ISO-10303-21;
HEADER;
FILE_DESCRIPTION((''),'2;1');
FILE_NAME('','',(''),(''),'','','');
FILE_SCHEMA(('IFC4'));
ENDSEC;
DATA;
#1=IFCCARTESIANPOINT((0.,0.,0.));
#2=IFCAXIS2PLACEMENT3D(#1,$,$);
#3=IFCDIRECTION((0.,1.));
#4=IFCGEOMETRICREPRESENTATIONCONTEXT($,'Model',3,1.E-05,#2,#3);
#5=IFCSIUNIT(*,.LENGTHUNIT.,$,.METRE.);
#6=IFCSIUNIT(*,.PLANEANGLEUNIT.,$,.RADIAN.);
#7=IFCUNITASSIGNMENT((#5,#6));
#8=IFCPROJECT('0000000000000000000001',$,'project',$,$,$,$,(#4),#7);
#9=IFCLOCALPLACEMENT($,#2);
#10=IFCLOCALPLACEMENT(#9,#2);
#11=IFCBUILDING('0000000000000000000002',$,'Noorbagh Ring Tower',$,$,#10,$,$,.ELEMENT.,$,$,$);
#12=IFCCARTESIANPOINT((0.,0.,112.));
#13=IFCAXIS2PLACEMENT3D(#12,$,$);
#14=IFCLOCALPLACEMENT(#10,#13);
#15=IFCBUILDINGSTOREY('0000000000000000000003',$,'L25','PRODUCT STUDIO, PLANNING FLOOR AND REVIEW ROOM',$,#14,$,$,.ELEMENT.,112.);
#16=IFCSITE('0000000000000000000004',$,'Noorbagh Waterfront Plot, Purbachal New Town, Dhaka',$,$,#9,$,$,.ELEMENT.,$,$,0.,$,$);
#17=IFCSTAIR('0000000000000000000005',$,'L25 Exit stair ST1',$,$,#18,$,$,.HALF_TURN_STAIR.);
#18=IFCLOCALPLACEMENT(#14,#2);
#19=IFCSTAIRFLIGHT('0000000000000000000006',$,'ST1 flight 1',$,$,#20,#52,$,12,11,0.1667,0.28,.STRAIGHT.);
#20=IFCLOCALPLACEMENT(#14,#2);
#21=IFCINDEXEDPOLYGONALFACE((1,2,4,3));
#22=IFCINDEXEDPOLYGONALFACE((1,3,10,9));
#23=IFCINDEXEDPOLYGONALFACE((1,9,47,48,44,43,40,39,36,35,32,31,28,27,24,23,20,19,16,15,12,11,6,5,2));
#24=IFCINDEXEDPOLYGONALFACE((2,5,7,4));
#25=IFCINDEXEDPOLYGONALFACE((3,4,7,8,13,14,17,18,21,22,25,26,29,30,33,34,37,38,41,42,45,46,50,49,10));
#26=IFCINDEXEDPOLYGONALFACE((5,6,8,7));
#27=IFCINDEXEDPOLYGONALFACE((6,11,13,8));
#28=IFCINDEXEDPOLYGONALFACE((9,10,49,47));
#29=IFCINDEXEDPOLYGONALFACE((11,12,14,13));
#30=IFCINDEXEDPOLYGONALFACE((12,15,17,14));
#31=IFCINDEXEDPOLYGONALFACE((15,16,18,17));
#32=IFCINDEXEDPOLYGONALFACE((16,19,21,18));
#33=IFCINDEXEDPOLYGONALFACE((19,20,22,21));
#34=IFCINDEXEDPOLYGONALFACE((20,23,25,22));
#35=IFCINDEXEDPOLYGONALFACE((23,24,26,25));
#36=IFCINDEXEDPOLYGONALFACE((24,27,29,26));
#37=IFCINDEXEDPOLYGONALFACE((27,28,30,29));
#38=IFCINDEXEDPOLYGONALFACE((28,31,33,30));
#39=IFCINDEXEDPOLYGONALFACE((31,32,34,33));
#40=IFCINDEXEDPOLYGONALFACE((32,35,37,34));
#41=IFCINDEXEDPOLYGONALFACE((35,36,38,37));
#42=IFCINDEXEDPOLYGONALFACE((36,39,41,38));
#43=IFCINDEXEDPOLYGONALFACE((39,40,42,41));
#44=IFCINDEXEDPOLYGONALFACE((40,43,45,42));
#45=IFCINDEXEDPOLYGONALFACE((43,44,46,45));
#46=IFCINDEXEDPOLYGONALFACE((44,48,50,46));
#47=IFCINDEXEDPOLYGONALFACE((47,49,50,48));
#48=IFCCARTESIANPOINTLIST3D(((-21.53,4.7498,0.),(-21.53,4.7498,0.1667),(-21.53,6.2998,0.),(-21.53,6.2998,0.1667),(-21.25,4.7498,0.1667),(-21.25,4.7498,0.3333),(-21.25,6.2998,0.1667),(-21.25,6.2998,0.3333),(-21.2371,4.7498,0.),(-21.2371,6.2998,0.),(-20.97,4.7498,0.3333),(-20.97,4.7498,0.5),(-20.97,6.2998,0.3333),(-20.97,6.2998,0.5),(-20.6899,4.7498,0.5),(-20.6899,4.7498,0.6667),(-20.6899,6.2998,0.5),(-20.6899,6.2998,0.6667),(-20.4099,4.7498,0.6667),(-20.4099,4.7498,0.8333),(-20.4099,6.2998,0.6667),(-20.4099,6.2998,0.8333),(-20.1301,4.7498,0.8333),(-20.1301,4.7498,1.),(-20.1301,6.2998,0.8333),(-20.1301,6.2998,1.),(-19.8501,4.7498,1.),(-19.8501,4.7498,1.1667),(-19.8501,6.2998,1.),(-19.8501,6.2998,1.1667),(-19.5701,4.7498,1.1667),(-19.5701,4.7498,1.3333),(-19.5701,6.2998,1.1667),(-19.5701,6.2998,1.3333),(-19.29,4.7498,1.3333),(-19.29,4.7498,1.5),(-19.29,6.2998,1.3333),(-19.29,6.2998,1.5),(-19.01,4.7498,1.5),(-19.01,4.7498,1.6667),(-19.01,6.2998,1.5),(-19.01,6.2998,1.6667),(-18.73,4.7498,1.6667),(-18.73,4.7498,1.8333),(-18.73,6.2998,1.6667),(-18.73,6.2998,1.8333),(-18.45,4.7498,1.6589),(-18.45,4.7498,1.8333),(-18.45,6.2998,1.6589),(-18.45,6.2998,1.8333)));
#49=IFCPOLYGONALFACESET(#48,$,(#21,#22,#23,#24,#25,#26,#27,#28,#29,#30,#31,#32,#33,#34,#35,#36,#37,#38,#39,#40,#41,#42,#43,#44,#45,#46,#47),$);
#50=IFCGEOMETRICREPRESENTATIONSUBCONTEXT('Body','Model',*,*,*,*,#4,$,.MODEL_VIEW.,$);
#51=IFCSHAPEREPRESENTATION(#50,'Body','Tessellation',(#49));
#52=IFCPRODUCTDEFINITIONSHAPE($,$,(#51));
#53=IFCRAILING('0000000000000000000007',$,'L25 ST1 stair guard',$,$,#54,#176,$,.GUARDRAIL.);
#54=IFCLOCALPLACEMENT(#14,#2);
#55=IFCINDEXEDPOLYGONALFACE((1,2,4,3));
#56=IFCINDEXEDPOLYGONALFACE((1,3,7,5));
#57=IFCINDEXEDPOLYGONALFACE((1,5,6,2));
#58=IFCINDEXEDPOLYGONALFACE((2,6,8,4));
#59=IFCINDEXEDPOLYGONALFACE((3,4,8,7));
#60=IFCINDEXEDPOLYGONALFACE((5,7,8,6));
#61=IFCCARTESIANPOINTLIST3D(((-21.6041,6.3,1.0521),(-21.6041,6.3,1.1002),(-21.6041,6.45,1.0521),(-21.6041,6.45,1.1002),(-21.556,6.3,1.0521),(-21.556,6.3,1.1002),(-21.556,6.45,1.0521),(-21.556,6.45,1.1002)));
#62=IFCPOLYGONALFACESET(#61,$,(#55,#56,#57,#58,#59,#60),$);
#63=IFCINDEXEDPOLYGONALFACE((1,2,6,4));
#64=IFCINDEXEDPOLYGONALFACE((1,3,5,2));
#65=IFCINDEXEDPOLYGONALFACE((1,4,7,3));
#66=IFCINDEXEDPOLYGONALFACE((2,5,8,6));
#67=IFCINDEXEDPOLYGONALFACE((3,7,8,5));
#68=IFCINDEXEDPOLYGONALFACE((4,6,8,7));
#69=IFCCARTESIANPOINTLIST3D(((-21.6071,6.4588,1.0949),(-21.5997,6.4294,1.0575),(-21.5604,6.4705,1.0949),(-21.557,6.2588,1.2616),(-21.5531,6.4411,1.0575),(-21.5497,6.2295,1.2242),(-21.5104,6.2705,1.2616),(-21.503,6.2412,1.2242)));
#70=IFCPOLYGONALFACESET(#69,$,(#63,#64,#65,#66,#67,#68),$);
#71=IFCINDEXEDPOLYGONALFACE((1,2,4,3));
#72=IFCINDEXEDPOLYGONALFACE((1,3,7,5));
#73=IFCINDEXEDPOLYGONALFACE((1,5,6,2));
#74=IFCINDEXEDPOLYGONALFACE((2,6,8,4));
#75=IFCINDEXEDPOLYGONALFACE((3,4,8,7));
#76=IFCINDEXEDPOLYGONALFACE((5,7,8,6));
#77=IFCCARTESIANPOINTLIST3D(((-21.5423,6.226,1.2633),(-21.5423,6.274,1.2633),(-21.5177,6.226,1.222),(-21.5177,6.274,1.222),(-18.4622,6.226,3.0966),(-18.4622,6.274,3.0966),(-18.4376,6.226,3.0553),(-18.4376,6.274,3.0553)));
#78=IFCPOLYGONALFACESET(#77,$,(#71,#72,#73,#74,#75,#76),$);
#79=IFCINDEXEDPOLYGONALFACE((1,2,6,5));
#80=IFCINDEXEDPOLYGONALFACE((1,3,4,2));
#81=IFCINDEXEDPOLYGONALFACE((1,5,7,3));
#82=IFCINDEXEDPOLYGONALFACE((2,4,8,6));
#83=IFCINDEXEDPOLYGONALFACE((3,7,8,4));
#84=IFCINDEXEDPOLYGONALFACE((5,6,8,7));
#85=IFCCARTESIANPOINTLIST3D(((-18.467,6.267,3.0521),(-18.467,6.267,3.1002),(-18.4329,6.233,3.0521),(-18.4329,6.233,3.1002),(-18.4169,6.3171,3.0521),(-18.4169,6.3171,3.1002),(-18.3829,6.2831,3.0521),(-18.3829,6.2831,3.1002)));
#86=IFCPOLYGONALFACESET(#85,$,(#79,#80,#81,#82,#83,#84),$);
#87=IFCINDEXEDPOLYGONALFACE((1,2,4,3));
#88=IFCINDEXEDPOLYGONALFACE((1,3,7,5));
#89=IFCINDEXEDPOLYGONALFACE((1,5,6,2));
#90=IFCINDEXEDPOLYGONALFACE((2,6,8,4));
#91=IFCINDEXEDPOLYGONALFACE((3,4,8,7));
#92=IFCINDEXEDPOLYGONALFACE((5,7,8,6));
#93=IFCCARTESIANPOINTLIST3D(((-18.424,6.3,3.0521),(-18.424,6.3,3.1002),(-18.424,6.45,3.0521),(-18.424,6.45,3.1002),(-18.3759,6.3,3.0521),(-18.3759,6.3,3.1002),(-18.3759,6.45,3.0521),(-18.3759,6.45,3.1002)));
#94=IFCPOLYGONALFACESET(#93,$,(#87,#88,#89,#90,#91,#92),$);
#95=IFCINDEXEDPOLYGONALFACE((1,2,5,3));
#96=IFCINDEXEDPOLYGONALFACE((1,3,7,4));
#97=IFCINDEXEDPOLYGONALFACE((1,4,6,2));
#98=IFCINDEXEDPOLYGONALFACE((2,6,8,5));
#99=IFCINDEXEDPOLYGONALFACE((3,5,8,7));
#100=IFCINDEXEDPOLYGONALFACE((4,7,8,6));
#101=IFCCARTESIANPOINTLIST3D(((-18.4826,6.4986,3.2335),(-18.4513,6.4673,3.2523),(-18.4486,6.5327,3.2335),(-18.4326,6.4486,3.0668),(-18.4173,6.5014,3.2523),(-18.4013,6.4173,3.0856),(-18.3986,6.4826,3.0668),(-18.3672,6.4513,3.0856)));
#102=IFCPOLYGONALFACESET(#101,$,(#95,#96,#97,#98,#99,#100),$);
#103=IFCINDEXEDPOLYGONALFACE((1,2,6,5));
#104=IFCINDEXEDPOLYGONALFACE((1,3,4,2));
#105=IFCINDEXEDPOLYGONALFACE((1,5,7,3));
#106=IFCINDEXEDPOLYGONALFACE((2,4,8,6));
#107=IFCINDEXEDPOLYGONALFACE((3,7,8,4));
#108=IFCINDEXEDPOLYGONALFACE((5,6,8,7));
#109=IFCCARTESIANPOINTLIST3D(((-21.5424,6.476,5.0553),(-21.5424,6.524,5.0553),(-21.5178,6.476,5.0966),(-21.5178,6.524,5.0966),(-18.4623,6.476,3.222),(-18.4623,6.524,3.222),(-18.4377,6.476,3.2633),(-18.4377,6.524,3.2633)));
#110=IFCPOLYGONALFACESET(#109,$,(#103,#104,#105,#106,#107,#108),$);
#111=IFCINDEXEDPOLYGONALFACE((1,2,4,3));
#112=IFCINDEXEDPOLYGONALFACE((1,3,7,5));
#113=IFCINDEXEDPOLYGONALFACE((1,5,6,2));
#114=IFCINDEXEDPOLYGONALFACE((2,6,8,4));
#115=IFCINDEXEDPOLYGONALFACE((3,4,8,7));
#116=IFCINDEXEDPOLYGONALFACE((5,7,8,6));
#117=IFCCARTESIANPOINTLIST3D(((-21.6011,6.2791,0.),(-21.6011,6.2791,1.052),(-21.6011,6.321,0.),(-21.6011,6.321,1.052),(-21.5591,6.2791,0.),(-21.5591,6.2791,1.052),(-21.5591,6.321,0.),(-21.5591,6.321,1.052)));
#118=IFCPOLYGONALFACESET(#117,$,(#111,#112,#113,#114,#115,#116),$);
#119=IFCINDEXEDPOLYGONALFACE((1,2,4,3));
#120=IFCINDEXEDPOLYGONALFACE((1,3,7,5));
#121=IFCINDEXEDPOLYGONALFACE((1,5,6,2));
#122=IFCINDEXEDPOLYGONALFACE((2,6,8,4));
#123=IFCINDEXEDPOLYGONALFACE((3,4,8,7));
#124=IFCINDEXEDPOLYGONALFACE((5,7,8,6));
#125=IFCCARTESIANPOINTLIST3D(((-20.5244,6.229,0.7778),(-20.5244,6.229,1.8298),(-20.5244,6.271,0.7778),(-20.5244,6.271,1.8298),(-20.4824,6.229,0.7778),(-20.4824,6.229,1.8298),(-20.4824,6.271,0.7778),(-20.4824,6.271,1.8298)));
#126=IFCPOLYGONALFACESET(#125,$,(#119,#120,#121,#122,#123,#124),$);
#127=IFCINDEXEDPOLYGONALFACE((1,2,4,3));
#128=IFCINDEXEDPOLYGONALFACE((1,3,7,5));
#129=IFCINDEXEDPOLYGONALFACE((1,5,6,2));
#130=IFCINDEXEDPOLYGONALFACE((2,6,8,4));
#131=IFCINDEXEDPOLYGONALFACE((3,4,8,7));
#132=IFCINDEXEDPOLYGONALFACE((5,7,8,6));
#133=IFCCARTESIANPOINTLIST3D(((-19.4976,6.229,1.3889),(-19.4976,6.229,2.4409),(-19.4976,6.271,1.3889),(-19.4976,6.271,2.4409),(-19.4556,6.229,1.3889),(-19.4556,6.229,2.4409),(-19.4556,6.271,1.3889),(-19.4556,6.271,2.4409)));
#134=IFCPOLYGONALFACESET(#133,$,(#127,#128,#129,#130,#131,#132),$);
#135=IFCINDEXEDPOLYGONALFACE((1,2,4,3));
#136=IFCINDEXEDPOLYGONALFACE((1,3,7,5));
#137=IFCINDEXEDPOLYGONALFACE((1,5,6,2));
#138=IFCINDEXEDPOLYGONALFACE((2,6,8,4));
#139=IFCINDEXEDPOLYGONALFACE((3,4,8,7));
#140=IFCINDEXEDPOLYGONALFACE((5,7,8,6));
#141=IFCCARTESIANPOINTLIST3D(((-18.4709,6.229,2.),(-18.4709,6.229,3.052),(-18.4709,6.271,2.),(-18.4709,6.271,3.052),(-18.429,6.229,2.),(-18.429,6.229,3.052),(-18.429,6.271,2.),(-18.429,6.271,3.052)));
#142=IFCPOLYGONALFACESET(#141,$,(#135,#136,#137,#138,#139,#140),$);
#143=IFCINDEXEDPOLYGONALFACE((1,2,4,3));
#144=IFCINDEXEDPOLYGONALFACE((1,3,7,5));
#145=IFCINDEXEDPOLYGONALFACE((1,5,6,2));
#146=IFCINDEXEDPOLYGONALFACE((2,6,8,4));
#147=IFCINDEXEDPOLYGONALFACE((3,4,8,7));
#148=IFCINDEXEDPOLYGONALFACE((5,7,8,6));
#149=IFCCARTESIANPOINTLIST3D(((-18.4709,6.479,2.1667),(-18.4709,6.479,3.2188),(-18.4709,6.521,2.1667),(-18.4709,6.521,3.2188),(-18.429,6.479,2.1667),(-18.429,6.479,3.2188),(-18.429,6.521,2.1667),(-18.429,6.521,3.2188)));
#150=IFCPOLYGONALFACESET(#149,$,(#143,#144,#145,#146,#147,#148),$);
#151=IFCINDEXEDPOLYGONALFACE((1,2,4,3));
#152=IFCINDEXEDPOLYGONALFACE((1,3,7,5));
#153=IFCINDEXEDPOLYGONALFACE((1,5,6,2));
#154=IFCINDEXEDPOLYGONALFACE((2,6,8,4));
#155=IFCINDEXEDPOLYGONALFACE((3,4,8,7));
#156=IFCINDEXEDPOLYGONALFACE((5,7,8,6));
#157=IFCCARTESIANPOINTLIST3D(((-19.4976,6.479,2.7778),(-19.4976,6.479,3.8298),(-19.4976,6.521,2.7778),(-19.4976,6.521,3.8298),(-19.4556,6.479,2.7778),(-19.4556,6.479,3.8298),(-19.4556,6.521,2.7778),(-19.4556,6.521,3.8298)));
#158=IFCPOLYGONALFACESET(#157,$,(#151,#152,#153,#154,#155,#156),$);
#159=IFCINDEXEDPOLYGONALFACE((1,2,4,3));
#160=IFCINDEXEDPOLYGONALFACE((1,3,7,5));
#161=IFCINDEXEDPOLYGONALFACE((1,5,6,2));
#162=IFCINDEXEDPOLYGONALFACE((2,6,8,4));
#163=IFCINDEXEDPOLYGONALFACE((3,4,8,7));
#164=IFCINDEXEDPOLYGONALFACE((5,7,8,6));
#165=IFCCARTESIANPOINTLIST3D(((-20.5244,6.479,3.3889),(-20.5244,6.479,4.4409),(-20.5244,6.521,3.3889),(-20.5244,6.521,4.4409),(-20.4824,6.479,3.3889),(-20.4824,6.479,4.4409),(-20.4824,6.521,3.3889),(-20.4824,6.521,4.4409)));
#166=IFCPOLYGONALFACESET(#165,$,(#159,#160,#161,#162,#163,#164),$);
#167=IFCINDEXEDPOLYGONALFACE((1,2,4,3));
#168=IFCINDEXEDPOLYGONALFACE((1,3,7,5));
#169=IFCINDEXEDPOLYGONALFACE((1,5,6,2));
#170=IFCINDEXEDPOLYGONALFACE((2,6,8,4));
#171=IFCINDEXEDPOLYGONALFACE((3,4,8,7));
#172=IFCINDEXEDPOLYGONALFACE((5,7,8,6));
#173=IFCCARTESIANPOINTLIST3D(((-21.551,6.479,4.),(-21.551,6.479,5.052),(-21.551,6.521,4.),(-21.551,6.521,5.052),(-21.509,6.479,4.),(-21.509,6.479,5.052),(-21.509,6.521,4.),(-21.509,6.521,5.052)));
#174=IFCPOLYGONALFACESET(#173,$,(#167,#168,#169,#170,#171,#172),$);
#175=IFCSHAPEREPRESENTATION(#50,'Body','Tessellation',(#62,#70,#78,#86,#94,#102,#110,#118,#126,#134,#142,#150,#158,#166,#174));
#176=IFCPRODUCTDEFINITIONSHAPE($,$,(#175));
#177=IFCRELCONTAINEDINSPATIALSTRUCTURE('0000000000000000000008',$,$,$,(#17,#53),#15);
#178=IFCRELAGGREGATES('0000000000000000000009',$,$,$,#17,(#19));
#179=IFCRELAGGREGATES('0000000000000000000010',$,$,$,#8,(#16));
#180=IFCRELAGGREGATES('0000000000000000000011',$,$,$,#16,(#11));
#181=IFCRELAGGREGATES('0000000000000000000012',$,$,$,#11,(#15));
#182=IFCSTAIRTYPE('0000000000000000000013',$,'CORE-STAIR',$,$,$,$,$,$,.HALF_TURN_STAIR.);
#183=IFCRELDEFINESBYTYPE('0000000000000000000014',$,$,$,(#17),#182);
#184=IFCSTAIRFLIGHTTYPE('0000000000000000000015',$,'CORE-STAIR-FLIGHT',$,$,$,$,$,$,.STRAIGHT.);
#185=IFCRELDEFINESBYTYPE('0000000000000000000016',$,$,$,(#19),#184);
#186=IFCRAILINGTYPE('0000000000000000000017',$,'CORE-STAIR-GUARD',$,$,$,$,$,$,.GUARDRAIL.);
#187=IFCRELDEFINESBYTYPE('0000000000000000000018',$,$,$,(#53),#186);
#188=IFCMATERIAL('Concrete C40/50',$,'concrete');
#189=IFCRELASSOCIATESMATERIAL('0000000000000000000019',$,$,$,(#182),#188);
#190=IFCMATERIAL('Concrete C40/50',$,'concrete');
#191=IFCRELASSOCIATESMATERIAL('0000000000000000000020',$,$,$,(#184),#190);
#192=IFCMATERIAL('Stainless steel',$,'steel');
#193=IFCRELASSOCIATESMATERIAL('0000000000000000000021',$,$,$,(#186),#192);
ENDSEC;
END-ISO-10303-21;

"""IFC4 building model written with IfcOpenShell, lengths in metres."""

from ifc_helpers import new_model, si_unit, direction, frame, origin, origin_2d, place, context, subcontext, project, spatial, polyline, rectangle, outline, extrude, material, type_object, element, aggregate, save


model = new_model("IFC4")

# Units and contexts
model_context = context("Model", 3, precision=1e-05, world=origin(), true_north=direction((0.0, 1.0)))
body_context = subcontext(model_context, "Body", "Model", "MODEL_VIEW")
ifc_project = project(units=[si_unit("LENGTHUNIT", "METRE"), si_unit("PLANEANGLEUNIT", "RADIAN")], contexts=[model_context])

# Site, building, storey
site_placement = place(None, origin())
site = spatial("IfcSite", under=ifc_project, at=site_placement, Name="Noorbagh Waterfront Plot, Purbachal New Town, Dhaka", CompositionType="ELEMENT", RefElevation=0.0)
building_placement = place(site_placement, origin())
building = spatial("IfcBuilding", under=site, at=building_placement, Name="Noorbagh Ring Tower", CompositionType="ELEMENT")
storey_placement = place(building_placement, frame((0.0, 0.0, 112.0)))
storey = spatial("IfcBuildingStorey", under=building, at=storey_placement, Name="L25", Description="PRODUCT STUDIO, PLANNING FLOOR AND REVIEW ROOM", CompositionType="ELEMENT", Elevation=112.0)

# Stair, stair flight
ifc_material_1 = material(Name="Concrete C40/50", Category="concrete")
stair_type = type_object("IfcStairType", Name="CORE-STAIR", PredefinedType="HALF_TURN_STAIR", material=ifc_material_1)
stair_placement = place(storey_placement, origin())
stair = element("IfcStair", 1, at=stair_placement, inside=storey, type_object=stair_type, Name="L25 Exit stair ST1", PredefinedType="HALF_TURN_STAIR")
ifc_material_2 = material(Name="Concrete C40/50", Category="concrete")
stair_flight_type = type_object("IfcStairFlightType", Name="CORE-STAIR-FLIGHT", PredefinedType="STRAIGHT", material=ifc_material_2)
stair_flight_placement = place(storey_placement, frame((-21.53, 5.5249, 0.0), z_axis=(0.0, 0.0, 1.0), x_axis=(1.0, 0.0, 0.0)))
stair_flight = element("IfcStairFlight", 2, at=stair_flight_placement, type_object=stair_flight_type, Name="ST1 flight 1", NumberOfRisers=12, NumberOfTreads=11, PredefinedType="STRAIGHT", RiserHeight=0.1667, TreadLength=0.28, context=body_context, shape_type="SweptSolid", body=[
    extrude(outline(polyline([(0.0, 0.0), (0.0, 0.1667), (0.28, 0.1667), (0.28, 0.3333), (0.5601, 0.3333), (0.5601, 0.5), (0.8401, 0.5), (0.8401, 0.6667), (1.1201, 0.6667), (1.1201, 0.8333), (1.3999, 0.8333), (1.3999, 1.0), (1.6799, 1.0), (1.6799, 1.1667), (1.96, 1.1667), (1.96, 1.3333), (2.24, 1.3333), (2.24, 1.5), (2.52, 1.5), (2.52, 1.6667), (2.8, 1.6667), (2.8, 1.8333), (3.0801, 1.8333), (3.0801, 2.0), (3.0801, 1.6589), (0.293, 0.0), (0.0, 0.0)])), frame((0.0, 0.7749, 0.0), z_axis=(0.0, -1.0, 0.0), x_axis=(1.0, 0.0, 0.0)), (0.0, 0.0, 1.0), 1.55),
])
aggregate(stair, [stair_flight])

# Railing
ifc_material_3 = material(Name="Stainless steel", Category="steel")
railing_type_1 = type_object("IfcRailingType", Name="CORE-STAIR-GUARD", PredefinedType="GUARDRAIL", material=ifc_material_3)
railing_1_placement = place(storey_placement, frame((-21.5801, 6.3, 0.0)))
element("IfcRailing", 3, at=railing_1_placement, inside=storey, type_object=railing_type_1, Name="L25 ST1 stair guard", PredefinedType="GUARDRAIL", context=body_context, shape_type="SweptSolid", body=[
    extrude(rectangle(XDim=0.0481, YDim=0.0481, at=origin_2d()), frame((0.0, 0.0, 1.0762), z_axis=(0.0, 1.0, 0.0), x_axis=(-1.0, 0.0, 0.0)), (0.0, 0.0, 1.0), 0.1499),
    extrude(rectangle(XDim=0.0481, YDim=0.0481, at=origin_2d()), frame((0.0, 0.1499, 1.0762), z_axis=(0.188776, -0.754182, 0.628946), x_axis=(0.970073, 0.242814, 0.0)), (0.0, 0.0, 1.0), 0.2651),
    extrude(rectangle(XDim=0.0481, YDim=0.0481, at=origin_2d()), frame((0.05, -0.05, 1.2427), z_axis=(0.859309, 0.0, 0.511458), x_axis=(0.0, 1.0, 0.0)), (0.0, 0.0, 1.0), 3.5845),
    extrude(rectangle(XDim=0.0481, YDim=0.0481, at=origin_2d()), frame((3.1301, -0.05, 3.0762), z_axis=(0.707107, 0.707107, 0.0), x_axis=(-0.707107, 0.707107, 0.0)), (0.0, 0.0, 1.0), 0.0708),
    extrude(rectangle(XDim=0.0481, YDim=0.0481, at=origin_2d()), frame((3.1802, 0.0, 3.0762), z_axis=(0.0, 1.0, 0.0), x_axis=(-1.0, 0.0, 0.0)), (0.0, 0.0, 1.0), 0.1499),
    extrude(rectangle(XDim=0.0481, YDim=0.0481, at=origin_2d()), frame((3.1802, 0.1499, 3.0762), z_axis=(-0.276287, 0.276287, 0.920506), x_axis=(-0.707107, -0.707107, 0.0)), (0.0, 0.0, 1.0), 0.1812),
    extrude(rectangle(XDim=0.0481, YDim=0.0481, at=origin_2d()), frame((3.1301, 0.2, 3.2427), z_axis=(-0.859309, 0.0, 0.511458), x_axis=(0.0, -1.0, 0.0)), (0.0, 0.0, 1.0), 3.5845),
    extrude(rectangle(XDim=0.042, YDim=0.042, at=origin_2d()), origin(), (0.0, 0.0, 1.0), 1.052),
    extrude(rectangle(XDim=0.042, YDim=0.042, at=origin_2d()), frame((1.0767, -0.05, 0.7778)), (0.0, 0.0, 1.0), 1.052),
    extrude(rectangle(XDim=0.042, YDim=0.042, at=origin_2d()), frame((2.1035, -0.05, 1.3889)), (0.0, 0.0, 1.0), 1.052),
    extrude(rectangle(XDim=0.042, YDim=0.042, at=origin_2d()), frame((3.1301, -0.05, 2.0)), (0.0, 0.0, 1.0), 1.052),
    extrude(rectangle(XDim=0.042, YDim=0.042, at=origin_2d()), frame((3.1301, 0.2, 2.1667)), (0.0, 0.0, 1.0), 1.052),
    extrude(rectangle(XDim=0.042, YDim=0.042, at=origin_2d()), frame((2.1035, 0.2, 2.7778)), (0.0, 0.0, 1.0), 1.052),
    extrude(rectangle(XDim=0.042, YDim=0.042, at=origin_2d()), frame((1.0767, 0.2, 3.3889)), (0.0, 0.0, 1.0), 1.052),
    extrude(rectangle(XDim=0.042, YDim=0.042, at=origin_2d()), frame((0.05, 0.2, 4.0)), (0.0, 0.0, 1.0), 1.052),
])

save(model, "model.ifc")
